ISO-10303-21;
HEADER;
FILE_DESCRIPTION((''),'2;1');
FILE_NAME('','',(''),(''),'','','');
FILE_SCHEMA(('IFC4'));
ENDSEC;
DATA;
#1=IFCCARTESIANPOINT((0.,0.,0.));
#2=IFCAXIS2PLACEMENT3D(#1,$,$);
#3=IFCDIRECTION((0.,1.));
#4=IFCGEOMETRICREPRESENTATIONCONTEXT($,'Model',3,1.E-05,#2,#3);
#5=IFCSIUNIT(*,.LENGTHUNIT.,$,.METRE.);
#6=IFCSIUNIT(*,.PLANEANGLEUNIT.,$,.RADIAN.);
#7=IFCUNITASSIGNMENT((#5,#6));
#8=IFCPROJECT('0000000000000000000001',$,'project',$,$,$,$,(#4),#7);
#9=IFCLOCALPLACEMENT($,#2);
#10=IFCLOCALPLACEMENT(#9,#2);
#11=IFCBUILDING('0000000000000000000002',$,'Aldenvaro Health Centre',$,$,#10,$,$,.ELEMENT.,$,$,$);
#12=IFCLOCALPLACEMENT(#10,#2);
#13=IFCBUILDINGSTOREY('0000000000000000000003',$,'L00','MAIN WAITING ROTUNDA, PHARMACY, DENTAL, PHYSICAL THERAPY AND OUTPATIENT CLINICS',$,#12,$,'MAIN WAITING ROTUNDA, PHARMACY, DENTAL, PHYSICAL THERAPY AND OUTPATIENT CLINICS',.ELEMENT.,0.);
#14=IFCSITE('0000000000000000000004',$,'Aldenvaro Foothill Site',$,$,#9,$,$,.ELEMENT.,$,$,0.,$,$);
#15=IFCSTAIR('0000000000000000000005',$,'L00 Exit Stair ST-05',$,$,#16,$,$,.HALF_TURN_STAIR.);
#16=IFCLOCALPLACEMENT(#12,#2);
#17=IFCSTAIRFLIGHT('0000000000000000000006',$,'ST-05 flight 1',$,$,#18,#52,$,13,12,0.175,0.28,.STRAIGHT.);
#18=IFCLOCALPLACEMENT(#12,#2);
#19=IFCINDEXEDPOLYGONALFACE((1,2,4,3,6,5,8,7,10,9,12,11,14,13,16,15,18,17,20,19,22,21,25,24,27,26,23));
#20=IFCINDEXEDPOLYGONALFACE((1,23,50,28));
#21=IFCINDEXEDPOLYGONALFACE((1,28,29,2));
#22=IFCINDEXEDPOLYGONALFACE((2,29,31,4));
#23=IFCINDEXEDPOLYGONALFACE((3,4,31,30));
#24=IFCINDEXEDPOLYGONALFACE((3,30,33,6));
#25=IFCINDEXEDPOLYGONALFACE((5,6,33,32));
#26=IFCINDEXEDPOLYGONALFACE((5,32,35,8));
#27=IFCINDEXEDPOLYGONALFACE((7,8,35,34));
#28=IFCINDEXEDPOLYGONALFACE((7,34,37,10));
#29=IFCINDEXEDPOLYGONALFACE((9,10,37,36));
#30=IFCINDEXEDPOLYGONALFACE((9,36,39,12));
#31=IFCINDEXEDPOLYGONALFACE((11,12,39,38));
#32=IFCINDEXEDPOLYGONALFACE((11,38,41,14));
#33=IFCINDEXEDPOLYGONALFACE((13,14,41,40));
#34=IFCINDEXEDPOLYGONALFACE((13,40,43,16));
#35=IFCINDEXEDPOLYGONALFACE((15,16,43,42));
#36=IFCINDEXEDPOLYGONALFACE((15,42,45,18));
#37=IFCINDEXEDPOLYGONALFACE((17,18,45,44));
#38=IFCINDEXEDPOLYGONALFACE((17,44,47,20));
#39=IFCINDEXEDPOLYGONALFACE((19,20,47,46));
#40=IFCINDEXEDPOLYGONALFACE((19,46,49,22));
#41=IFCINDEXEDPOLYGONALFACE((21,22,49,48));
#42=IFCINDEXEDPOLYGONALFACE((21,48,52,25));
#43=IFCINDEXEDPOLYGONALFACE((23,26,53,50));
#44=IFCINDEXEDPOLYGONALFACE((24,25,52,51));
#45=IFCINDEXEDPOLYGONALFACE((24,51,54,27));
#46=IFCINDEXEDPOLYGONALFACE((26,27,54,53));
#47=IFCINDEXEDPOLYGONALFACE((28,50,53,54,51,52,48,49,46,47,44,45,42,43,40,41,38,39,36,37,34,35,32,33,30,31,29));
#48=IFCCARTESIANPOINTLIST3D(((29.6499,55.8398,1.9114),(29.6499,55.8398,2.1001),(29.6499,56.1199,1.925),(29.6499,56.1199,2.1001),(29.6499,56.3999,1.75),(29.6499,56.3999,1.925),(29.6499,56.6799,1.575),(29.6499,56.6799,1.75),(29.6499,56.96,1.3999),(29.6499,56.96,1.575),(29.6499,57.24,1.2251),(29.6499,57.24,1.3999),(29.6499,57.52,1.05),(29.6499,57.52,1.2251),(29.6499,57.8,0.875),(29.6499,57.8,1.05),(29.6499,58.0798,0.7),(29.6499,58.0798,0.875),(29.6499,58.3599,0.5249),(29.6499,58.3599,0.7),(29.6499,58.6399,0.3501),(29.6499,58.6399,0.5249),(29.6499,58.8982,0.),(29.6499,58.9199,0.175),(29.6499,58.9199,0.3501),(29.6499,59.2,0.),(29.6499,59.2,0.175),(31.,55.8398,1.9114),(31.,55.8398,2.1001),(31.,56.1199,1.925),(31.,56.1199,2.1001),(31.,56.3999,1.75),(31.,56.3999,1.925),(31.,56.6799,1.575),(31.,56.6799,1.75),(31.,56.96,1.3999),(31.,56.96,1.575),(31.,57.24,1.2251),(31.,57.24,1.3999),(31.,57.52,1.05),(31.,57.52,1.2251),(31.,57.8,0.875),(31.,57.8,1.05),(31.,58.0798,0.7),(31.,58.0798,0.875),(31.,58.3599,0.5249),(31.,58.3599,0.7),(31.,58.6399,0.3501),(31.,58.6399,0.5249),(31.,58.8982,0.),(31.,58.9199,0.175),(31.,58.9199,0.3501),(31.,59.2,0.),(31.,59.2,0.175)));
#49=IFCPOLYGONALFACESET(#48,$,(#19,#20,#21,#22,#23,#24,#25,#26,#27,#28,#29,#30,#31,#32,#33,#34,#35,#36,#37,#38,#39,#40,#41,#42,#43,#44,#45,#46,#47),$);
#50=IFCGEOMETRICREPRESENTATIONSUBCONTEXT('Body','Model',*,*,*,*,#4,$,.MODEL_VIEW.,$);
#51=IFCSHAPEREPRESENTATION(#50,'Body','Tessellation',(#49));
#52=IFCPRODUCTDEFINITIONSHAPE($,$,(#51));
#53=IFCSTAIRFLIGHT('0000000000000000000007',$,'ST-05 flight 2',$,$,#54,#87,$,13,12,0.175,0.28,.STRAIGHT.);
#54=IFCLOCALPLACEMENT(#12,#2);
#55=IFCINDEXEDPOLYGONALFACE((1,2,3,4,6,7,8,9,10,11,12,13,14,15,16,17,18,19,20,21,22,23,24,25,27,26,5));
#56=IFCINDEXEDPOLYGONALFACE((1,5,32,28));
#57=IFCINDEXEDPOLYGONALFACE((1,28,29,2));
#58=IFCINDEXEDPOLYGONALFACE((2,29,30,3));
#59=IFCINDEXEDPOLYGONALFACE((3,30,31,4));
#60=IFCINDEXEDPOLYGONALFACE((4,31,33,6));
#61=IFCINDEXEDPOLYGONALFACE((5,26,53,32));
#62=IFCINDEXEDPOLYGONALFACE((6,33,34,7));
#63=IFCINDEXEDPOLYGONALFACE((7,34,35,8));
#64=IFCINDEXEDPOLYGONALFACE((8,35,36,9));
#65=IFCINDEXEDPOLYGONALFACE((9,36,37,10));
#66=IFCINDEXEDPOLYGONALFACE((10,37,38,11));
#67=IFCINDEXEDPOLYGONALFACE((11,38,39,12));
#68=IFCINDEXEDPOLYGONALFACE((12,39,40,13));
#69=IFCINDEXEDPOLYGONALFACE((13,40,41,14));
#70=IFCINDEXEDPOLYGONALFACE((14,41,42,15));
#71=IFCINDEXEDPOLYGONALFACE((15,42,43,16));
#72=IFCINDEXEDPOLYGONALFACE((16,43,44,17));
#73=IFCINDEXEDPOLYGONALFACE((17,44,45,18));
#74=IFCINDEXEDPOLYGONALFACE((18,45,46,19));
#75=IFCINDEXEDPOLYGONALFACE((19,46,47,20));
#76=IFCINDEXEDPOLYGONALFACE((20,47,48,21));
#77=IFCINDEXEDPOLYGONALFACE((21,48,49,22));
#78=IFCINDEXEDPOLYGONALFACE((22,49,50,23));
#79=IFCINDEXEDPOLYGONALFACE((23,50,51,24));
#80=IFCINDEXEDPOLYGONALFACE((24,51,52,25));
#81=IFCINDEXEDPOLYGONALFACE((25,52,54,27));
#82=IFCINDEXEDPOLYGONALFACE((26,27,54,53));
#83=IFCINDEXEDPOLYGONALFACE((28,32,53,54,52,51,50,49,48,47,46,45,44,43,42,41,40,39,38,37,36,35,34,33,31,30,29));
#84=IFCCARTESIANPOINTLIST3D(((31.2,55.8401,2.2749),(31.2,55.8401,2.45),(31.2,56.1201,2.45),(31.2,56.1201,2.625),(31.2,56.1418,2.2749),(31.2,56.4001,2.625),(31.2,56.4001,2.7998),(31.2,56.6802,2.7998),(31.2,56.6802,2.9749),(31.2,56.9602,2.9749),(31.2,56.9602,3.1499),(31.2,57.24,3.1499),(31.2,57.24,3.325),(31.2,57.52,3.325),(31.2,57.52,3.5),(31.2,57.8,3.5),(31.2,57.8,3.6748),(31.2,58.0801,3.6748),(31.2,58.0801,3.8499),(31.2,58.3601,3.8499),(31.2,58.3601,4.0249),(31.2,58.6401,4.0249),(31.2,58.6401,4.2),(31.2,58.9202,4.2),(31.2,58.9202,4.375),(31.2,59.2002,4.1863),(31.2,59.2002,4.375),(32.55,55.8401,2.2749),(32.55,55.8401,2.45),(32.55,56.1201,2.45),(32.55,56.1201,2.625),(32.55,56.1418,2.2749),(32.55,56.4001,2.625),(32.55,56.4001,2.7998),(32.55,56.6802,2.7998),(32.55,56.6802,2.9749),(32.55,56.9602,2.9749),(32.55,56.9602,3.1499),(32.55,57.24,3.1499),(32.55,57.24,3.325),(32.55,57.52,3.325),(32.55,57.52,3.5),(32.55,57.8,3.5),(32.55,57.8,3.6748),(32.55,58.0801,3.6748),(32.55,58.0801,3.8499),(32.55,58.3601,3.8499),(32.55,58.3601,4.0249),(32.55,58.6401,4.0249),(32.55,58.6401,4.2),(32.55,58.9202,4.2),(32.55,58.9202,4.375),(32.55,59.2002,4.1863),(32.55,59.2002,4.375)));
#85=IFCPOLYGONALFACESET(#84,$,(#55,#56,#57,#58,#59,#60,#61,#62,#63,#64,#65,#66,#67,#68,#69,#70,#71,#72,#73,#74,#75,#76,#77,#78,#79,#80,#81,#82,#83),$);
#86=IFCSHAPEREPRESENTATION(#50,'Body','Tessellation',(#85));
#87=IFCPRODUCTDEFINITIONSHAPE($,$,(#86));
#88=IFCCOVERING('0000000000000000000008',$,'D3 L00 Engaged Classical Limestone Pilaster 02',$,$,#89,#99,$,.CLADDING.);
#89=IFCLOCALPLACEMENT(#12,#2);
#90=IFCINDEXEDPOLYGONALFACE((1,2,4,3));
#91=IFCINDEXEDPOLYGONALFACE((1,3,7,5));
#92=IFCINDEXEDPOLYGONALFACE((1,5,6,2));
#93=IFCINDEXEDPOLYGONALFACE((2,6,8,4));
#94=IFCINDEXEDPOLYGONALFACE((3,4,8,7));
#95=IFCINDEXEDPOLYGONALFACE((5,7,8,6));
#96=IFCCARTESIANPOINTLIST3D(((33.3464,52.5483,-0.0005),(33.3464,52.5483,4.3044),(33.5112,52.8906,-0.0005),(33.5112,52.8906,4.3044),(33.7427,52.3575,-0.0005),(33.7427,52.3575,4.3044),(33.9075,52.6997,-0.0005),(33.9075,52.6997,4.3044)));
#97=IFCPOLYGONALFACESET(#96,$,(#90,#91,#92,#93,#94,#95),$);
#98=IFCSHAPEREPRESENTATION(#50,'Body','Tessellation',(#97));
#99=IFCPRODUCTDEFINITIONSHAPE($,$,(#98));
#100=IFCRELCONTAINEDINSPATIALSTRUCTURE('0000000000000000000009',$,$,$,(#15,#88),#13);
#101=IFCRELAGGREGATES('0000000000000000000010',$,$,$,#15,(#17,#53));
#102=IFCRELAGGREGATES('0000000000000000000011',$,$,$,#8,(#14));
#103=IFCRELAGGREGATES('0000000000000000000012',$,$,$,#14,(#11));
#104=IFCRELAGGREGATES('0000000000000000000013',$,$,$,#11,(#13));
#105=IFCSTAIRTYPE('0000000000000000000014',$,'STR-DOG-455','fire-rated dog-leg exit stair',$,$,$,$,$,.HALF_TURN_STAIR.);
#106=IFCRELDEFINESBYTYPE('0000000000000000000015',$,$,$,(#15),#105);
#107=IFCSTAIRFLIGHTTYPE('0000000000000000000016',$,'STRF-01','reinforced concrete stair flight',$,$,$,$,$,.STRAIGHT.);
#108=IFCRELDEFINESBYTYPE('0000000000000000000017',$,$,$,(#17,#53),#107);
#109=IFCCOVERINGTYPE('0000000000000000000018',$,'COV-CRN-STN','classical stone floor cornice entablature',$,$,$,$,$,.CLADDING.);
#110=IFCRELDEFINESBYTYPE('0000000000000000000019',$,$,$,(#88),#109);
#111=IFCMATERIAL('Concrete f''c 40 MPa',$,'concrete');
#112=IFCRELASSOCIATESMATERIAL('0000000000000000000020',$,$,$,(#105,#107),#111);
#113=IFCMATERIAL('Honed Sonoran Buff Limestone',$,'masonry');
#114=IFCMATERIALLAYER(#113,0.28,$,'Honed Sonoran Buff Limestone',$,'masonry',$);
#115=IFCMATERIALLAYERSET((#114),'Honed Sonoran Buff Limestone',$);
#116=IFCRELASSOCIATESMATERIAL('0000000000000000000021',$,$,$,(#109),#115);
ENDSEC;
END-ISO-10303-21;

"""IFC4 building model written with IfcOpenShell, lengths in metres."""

from ifc_helpers import new_model, si_unit, direction, frame, origin, origin_2d, place, context, subcontext, project, spatial, polyline, rectangle, outline, extrude, material, layer, layer_set, type_object, element, aggregate, save


model = new_model("IFC4")

# Units and contexts
model_context = context("Model", 3, precision=1e-05, world=origin(), true_north=direction((0.0, 1.0)))
body_context = subcontext(model_context, "Body", "Model", "MODEL_VIEW")
ifc_project = project(units=[si_unit("LENGTHUNIT", "METRE"), si_unit("PLANEANGLEUNIT", "RADIAN")], contexts=[model_context])

# Site, building, storey
site_placement = place(None, origin())
site = spatial("IfcSite", under=ifc_project, at=site_placement, Name="Aldenvaro Foothill Site", CompositionType="ELEMENT", RefElevation=0.0)
building_placement = place(site_placement, origin())
building = spatial("IfcBuilding", under=site, at=building_placement, Name="Aldenvaro Health Centre", CompositionType="ELEMENT")
storey_placement = place(building_placement, origin())
storey = spatial("IfcBuildingStorey", under=building, at=storey_placement, Name="L00", Description="MAIN WAITING ROTUNDA, PHARMACY, DENTAL, PHYSICAL THERAPY AND OUTPATIENT CLINICS", LongName="MAIN WAITING ROTUNDA, PHARMACY, DENTAL, PHYSICAL THERAPY AND OUTPATIENT CLINICS", CompositionType="ELEMENT", Elevation=0.0)

# Shared definitions
ifc_material_1 = material(Name="Concrete f'c 40 MPa", Category="concrete")

# Stair, stair flights
stair_type = type_object("IfcStairType", Name="STR-DOG-455", Description="fire-rated dog-leg exit stair", PredefinedType="HALF_TURN_STAIR", material=ifc_material_1)
stair_placement = place(storey_placement, origin())
stair = element("IfcStair", 1, at=stair_placement, inside=storey, type_object=stair_type, Name="L00 Exit Stair ST-05", PredefinedType="HALF_TURN_STAIR")
stair_flight_type = type_object("IfcStairFlightType", Name="STRF-01", Description="reinforced concrete stair flight", PredefinedType="STRAIGHT", material=ifc_material_1)
stair_flight_1_placement = place(storey_placement, frame((30.325, 59.2, 0.0), z_axis=(0.0, 0.0, 1.0), x_axis=(0.0, -1.0, 0.0)))
stair_flight_1 = element("IfcStairFlight", 2, at=stair_flight_1_placement, type_object=stair_flight_type, Name="ST-05 flight 1", NumberOfRisers=13, NumberOfTreads=12, PredefinedType="STRAIGHT", RiserHeight=0.175, TreadLength=0.28, context=body_context, shape_type="SweptSolid", body=[
    extrude(outline(polyline([(0.0, 0.0), (0.0, 0.175), (0.28, 0.175), (0.28, 0.3501), (0.5601, 0.3501), (0.5601, 0.5249), (0.8401, 0.5249), (0.8401, 0.7), (1.1201, 0.7), (1.1201, 0.875), (1.3999, 0.875), (1.3999, 1.05), (1.6799, 1.05), (1.6799, 1.2251), (1.96, 1.2251), (1.96, 1.3999), (2.24, 1.3999), (2.24, 1.575), (2.52, 1.575), (2.52, 1.75), (2.8, 1.75), (2.8, 1.925), (3.0801, 1.925), (3.0801, 2.1001), (3.3601, 2.1001), (3.3601, 2.2749), (3.3601, 1.9114), (0.3018, 0.0), (0.0, 0.0)])), frame((0.0, 0.675, 0.0), z_axis=(0.0, -1.0, 0.0), x_axis=(1.0, 0.0, 0.0)), (0.0, 0.0, 1.0), 1.3501),
])
stair_flight_2_placement = place(storey_placement, frame((31.875, 55.8401, 2.2749), z_axis=(0.0, 0.0, 1.0), x_axis=(0.0, 1.0, 0.0)))
stair_flight_2 = element("IfcStairFlight", 3, at=stair_flight_2_placement, type_object=stair_flight_type, Name="ST-05 flight 2", NumberOfRisers=13, NumberOfTreads=12, PredefinedType="STRAIGHT", RiserHeight=0.175, TreadLength=0.28, context=body_context, shape_type="SweptSolid", body=[
    extrude(outline(polyline([(0.0, 0.0), (0.0, 0.175), (0.28, 0.175), (0.28, 0.3501), (0.5601, 0.3501), (0.5601, 0.5249), (0.8401, 0.5249), (0.8401, 0.7), (1.1201, 0.7), (1.1201, 0.875), (1.3999, 0.875), (1.3999, 1.05), (1.6799, 1.05), (1.6799, 1.2251), (1.96, 1.2251), (1.96, 1.3999), (2.24, 1.3999), (2.24, 1.575), (2.52, 1.575), (2.52, 1.75), (2.8, 1.75), (2.8, 1.925), (3.0801, 1.925), (3.0801, 2.1001), (3.3601, 2.1001), (3.3601, 2.2749), (3.3601, 1.9114), (0.3018, 0.0), (0.0, 0.0)])), frame((0.0, 0.675, 0.0), z_axis=(0.0, -1.0, 0.0), x_axis=(1.0, 0.0, 0.0)), (0.0, 0.0, 1.0), 1.3501),
])
aggregate(stair, [stair_flight_1, stair_flight_2])

# Covering
ifc_material_2 = material(Name="Honed Sonoran Buff Limestone", Category="masonry")
ifc_layer_1 = layer(ifc_material_2, 0.28, Name="Honed Sonoran Buff Limestone", Category="masonry")
ifc_layer_set_1 = layer_set([ifc_layer_1], Name="Honed Sonoran Buff Limestone")
covering_type = type_object("IfcCoveringType", Name="COV-CRN-STN", Description="classical stone floor cornice entablature", PredefinedType="CLADDING", material=ifc_layer_set_1)
covering_placement = place(storey_placement, frame((33.627, 52.624, -0.0005), z_axis=(0.0, 0.0, 1.0), x_axis=(0.900988, -0.433843, 0.0)))
element("IfcCovering", 4, at=covering_placement, inside=storey, type_object=covering_type, Name="D3 L00 Engaged Classical Limestone Pilaster 02", PredefinedType="CLADDING", context=body_context, shape_type="SweptSolid", body=[
    extrude(rectangle(XDim=0.4399, YDim=0.3799, at=origin_2d()), origin(), (0.0, 0.0, 1.0), 4.3049),
])

save(model, "model.ifc")
